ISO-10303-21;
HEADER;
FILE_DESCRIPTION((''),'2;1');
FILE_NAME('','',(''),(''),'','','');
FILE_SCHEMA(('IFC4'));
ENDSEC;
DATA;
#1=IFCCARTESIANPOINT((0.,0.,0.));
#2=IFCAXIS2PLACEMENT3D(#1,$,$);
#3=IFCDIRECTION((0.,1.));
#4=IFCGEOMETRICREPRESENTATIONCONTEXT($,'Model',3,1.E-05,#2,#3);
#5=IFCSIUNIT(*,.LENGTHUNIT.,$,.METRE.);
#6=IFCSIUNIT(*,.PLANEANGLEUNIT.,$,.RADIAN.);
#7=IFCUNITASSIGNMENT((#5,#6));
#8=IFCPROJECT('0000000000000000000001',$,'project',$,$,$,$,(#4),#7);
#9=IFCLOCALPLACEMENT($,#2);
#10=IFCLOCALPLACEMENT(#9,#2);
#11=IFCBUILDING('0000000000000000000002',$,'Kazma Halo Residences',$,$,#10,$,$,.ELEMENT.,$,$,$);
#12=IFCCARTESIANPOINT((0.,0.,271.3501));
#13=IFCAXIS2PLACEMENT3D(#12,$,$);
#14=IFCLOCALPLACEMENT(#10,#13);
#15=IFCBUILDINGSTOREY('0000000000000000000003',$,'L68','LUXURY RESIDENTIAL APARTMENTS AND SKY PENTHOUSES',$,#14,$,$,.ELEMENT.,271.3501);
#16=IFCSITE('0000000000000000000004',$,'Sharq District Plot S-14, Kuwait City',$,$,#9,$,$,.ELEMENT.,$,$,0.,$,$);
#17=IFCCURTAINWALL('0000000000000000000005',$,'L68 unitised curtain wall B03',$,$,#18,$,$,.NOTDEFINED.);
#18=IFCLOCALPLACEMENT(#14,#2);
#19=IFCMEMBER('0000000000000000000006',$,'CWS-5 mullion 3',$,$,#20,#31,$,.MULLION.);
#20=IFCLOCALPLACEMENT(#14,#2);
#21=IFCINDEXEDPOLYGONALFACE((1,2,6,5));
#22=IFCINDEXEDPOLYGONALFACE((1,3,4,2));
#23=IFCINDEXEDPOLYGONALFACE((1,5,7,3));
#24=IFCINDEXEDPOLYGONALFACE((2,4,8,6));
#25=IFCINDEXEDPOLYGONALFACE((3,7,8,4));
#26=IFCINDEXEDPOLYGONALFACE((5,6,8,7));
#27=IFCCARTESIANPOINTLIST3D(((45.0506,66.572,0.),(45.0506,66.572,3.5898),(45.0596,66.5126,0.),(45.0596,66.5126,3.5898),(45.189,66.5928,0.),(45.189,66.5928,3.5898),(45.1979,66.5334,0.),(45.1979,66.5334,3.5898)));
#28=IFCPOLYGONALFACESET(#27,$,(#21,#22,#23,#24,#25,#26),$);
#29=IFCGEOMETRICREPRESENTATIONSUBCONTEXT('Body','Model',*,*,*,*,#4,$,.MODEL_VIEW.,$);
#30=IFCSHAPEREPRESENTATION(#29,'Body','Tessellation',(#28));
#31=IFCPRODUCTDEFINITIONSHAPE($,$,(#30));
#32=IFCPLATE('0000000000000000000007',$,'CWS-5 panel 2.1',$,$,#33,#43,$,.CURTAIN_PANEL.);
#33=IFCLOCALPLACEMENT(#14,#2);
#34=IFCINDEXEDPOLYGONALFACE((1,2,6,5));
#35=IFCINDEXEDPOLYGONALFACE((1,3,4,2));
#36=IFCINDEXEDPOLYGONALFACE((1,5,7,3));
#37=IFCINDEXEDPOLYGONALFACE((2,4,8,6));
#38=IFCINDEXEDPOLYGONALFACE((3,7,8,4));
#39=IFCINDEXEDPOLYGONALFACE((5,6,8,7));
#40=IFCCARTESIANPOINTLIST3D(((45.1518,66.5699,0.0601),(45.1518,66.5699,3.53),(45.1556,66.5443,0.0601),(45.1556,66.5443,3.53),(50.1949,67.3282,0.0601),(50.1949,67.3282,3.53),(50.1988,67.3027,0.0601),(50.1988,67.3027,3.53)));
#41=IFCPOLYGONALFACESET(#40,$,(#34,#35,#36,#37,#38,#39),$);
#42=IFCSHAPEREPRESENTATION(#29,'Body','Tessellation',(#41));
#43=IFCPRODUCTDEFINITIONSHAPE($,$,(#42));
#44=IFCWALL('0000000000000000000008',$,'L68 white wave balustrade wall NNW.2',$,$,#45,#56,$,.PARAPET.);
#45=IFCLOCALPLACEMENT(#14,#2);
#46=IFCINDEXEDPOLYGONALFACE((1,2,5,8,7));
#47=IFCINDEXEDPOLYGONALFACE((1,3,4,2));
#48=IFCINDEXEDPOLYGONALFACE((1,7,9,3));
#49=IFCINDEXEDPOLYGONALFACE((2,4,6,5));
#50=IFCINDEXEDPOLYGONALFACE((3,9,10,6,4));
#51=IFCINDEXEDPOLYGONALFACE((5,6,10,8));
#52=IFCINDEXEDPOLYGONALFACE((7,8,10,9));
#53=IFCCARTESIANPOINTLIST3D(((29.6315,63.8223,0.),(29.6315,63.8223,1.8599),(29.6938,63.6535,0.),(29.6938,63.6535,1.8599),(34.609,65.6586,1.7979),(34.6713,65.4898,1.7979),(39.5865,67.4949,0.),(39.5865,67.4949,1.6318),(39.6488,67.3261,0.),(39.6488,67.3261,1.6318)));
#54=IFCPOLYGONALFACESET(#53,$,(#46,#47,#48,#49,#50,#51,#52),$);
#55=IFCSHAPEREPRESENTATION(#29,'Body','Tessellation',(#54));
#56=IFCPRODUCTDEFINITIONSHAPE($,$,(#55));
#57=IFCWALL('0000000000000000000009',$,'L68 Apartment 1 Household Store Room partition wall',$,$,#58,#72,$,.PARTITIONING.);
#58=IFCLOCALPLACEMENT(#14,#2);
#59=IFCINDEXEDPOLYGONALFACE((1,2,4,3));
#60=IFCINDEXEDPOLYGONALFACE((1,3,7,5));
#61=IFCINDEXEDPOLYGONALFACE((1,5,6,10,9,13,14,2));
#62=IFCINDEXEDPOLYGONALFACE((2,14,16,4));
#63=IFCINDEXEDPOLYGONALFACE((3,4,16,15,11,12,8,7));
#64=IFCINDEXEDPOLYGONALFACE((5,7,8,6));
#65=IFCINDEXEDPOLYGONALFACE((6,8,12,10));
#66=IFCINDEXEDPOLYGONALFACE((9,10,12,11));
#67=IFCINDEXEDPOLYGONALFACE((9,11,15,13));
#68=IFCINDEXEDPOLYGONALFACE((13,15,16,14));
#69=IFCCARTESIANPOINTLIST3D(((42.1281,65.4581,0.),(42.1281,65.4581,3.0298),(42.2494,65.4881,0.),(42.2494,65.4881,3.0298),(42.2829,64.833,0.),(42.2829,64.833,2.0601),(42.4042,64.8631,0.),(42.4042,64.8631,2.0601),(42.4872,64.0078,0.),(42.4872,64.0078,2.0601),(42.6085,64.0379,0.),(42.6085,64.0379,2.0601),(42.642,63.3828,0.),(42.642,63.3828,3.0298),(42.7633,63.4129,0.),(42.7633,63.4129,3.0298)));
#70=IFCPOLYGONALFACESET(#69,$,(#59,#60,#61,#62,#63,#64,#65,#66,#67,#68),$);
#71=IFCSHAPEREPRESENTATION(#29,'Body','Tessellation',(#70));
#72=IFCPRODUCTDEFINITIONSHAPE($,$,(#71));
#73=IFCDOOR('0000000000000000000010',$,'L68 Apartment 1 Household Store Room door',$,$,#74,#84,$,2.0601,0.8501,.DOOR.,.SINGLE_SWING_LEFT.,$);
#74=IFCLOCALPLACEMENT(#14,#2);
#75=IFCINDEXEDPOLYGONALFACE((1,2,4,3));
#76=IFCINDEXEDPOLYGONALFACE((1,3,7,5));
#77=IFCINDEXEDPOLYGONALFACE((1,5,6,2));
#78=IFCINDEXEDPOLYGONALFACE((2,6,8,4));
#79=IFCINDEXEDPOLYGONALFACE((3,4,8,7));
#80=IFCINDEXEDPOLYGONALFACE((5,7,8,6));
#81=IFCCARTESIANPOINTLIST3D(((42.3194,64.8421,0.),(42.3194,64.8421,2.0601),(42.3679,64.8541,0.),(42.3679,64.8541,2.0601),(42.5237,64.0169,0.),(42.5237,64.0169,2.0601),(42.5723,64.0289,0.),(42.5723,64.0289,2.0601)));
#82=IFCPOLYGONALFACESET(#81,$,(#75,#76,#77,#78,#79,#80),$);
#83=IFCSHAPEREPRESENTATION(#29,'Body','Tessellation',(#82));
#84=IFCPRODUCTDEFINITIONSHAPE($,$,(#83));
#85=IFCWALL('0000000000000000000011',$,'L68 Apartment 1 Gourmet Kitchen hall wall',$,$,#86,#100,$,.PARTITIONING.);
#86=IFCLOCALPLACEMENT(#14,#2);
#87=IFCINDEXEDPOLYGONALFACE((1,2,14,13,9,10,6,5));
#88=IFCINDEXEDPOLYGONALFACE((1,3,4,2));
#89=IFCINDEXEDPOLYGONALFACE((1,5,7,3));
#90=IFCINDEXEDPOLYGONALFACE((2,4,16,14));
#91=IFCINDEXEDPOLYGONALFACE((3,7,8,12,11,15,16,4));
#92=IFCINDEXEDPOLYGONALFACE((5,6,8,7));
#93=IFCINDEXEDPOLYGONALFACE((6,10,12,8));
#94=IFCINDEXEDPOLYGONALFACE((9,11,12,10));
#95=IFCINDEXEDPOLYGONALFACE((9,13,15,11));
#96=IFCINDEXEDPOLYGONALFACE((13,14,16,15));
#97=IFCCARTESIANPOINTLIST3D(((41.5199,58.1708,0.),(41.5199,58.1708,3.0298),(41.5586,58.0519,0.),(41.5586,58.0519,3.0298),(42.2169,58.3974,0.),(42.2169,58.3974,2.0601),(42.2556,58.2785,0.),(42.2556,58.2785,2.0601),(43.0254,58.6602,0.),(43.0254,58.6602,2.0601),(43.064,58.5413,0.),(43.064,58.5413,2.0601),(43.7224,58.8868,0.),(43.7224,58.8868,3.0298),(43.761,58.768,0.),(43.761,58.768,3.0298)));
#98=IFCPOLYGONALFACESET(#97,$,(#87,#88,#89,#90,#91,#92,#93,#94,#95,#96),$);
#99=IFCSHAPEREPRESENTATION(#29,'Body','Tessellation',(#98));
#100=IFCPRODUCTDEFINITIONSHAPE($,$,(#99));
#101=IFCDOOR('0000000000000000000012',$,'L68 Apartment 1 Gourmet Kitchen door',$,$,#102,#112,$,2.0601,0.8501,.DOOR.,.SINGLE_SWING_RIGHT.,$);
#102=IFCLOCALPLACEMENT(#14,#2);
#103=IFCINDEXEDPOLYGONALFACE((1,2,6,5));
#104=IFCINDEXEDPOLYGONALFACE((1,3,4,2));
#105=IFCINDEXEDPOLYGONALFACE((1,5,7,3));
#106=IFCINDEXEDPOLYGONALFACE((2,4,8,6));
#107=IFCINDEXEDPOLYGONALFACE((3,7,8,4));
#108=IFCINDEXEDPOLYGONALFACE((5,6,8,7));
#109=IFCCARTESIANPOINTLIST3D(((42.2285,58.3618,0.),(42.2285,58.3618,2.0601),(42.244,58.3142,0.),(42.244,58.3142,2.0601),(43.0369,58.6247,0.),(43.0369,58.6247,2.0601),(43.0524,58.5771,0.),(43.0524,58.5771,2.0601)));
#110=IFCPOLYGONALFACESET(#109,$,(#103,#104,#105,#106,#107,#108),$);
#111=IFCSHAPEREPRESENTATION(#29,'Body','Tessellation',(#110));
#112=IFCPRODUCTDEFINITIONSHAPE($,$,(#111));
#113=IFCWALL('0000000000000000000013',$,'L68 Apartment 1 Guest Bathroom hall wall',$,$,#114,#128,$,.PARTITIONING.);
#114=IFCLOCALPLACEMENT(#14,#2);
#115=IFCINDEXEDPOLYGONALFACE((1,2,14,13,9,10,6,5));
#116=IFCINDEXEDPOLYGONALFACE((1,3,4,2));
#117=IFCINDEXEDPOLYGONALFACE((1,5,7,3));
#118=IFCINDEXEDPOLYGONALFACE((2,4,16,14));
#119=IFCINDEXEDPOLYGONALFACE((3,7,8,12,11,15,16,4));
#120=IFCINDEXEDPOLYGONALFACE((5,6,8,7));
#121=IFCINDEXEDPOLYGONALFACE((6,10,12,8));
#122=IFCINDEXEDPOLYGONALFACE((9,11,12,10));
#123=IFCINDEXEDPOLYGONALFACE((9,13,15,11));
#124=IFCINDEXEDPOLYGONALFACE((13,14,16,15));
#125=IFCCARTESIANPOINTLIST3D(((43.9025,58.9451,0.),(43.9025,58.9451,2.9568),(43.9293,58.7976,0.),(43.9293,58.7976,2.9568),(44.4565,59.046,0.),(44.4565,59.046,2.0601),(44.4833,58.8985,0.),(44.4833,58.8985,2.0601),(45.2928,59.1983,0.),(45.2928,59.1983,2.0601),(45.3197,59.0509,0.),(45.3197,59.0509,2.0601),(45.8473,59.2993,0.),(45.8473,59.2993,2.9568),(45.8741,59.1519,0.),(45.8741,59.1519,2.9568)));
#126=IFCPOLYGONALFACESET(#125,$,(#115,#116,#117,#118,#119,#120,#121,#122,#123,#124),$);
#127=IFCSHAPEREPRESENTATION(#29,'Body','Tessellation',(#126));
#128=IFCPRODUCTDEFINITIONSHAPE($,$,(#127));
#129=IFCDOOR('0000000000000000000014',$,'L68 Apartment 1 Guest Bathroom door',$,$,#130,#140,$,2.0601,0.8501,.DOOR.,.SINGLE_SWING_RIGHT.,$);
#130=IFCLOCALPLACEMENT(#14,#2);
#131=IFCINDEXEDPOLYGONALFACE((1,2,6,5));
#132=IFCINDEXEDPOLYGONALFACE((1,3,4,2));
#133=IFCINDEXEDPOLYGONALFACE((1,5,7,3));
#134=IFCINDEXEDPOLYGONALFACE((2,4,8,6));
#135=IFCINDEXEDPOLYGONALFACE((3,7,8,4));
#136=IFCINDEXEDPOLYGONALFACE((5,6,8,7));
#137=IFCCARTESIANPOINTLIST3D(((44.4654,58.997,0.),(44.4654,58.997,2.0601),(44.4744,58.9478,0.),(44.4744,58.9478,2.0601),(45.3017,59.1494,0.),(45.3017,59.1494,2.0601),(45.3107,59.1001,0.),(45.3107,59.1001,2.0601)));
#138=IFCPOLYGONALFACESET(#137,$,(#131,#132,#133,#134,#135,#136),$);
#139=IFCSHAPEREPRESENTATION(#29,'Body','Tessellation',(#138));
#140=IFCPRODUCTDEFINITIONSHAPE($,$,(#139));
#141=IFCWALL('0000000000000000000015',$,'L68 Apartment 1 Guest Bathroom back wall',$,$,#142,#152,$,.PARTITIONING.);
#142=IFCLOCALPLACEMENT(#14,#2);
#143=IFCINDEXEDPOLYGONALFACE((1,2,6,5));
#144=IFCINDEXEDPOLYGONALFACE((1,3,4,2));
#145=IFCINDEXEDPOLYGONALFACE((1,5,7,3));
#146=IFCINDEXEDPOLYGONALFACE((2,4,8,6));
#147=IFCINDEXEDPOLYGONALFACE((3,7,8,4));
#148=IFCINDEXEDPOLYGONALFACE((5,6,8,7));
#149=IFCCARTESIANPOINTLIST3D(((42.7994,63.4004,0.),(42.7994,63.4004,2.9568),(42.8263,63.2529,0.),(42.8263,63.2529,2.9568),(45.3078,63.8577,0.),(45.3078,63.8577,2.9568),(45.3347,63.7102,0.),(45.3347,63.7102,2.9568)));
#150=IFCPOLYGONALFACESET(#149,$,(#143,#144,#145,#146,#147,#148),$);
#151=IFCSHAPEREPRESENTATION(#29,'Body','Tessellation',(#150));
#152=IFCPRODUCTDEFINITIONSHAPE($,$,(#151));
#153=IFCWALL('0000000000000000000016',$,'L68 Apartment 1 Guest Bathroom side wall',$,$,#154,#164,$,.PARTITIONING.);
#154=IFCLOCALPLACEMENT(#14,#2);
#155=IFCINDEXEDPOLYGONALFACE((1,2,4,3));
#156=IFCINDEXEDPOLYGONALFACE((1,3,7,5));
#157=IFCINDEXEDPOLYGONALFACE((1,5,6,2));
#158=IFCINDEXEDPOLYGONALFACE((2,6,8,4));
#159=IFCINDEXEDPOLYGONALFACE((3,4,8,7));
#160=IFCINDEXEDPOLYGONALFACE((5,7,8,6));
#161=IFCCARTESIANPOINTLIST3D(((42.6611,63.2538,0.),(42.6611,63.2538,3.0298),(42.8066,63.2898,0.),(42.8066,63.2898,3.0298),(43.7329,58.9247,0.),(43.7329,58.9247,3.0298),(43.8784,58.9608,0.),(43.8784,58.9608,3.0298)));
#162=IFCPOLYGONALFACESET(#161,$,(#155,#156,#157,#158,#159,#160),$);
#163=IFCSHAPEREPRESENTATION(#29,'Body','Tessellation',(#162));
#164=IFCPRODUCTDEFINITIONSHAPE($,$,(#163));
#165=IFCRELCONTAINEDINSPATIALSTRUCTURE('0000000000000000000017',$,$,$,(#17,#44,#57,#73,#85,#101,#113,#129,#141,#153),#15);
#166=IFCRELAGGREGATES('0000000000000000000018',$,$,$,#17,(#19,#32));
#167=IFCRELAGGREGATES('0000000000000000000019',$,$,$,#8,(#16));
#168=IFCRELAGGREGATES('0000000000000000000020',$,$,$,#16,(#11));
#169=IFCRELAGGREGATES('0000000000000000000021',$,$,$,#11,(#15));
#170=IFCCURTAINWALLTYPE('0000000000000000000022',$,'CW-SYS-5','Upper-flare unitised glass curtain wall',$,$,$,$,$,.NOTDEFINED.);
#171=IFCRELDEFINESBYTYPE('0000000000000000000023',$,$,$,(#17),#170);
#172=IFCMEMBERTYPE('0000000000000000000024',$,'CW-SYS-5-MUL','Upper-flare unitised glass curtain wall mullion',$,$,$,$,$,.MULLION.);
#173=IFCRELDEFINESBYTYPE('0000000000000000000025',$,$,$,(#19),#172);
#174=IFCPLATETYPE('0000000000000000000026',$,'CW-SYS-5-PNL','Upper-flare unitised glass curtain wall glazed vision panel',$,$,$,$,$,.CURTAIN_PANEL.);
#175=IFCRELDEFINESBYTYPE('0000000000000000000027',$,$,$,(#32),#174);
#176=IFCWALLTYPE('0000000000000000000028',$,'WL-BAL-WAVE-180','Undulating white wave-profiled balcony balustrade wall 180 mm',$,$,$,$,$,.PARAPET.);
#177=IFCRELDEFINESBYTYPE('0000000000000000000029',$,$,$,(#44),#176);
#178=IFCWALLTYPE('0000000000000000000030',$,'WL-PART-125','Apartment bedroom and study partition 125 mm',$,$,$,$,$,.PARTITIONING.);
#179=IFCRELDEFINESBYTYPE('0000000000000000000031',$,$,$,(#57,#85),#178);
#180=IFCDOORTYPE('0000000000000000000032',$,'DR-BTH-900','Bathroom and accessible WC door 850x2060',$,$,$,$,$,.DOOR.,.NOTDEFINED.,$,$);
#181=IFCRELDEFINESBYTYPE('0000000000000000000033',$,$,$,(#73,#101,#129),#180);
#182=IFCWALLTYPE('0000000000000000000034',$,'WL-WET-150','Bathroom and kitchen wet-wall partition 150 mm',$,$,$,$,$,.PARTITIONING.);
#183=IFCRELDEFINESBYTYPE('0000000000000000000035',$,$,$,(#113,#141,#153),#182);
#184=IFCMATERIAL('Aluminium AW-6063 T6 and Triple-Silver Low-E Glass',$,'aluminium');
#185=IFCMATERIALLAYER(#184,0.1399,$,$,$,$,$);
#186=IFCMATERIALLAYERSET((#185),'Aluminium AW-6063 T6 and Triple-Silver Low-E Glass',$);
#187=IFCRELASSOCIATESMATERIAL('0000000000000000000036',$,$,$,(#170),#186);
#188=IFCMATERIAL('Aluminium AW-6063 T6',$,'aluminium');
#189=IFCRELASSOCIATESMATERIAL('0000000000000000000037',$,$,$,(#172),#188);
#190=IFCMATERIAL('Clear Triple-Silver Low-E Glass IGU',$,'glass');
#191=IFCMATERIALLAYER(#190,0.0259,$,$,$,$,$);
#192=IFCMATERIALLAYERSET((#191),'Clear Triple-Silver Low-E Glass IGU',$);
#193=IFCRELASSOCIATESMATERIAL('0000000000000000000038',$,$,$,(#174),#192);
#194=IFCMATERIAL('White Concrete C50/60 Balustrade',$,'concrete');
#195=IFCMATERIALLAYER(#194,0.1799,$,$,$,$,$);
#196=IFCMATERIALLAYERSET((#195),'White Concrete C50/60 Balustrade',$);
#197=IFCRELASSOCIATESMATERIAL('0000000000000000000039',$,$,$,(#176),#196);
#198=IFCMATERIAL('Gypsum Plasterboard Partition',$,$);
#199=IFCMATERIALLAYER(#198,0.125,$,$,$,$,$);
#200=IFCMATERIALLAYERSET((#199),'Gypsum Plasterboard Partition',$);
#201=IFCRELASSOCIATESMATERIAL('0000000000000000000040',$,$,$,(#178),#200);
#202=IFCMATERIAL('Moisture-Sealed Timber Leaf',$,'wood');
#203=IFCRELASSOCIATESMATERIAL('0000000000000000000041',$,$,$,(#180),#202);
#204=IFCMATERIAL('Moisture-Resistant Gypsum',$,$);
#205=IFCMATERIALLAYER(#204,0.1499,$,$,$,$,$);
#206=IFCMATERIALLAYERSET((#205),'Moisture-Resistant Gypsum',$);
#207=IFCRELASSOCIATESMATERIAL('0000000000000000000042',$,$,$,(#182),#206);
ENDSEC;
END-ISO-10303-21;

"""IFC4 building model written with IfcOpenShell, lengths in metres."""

from ifc_helpers import new_model, si_unit, direction, frame, frame_2d, origin, origin_2d, place, context, subcontext, project, spatial, polyline, rectangle, outline, extrude, material, layer, layer_set, material_profile, profile_set, type_object, element, fill, aggregate, save


model = new_model("IFC4")

# Units and contexts
model_context = context("Model", 3, precision=1e-05, world=origin(), true_north=direction((0.0, 1.0)))
body_context = subcontext(model_context, "Body", "Model", "MODEL_VIEW")
ifc_project = project(units=[si_unit("LENGTHUNIT", "METRE"), si_unit("PLANEANGLEUNIT", "RADIAN")], contexts=[model_context])

# Site, building, storey
site_placement = place(None, origin())
site = spatial("IfcSite", under=ifc_project, at=site_placement, Name="Sharq District Plot S-14, Kuwait City", CompositionType="ELEMENT", RefElevation=0.0)
building_placement = place(site_placement, origin())
building = spatial("IfcBuilding", under=site, at=building_placement, Name="Kazma Halo Residences", CompositionType="ELEMENT")
storey_placement = place(building_placement, frame((0.0, 0.0, 271.3501)))
storey = spatial("IfcBuildingStorey", under=building, at=storey_placement, Name="L68", Description="LUXURY RESIDENTIAL APARTMENTS AND SKY PENTHOUSES", CompositionType="ELEMENT", Elevation=271.3501)

# Curtain wall, member, plate
ifc_material_1 = material(Name="Aluminium AW-6063 T6 and Triple-Silver Low-E Glass", Category="aluminium")
ifc_layer_1 = layer(ifc_material_1, 0.1399)
ifc_layer_set_1 = layer_set([ifc_layer_1], Name="Aluminium AW-6063 T6 and Triple-Silver Low-E Glass")
curtain_wall_type = type_object("IfcCurtainWallType", Name="CW-SYS-5", Description="Upper-flare unitised glass curtain wall", PredefinedType="NOTDEFINED", material=ifc_layer_set_1)
curtain_wall_placement = place(storey_placement, origin())
curtain_wall = element("IfcCurtainWall", 1, at=curtain_wall_placement, inside=storey, type_object=curtain_wall_type, Name="L68 unitised curtain wall B03", PredefinedType="NOTDEFINED")
ifc_material_2 = material(Name="Aluminium AW-6063 T6", Category="aluminium")
ifc_material_profile_1 = material_profile(ifc_material_2, rectangle(XDim=0.0601, YDim=0.1399, at=origin_2d()), Name="CWM-60x140")
ifc_profile_set_1 = profile_set([ifc_material_profile_1], Name="Aluminium AW-6063 T6")
member_type = type_object("IfcMemberType", Name="CW-SYS-5-MUL", Description="Upper-flare unitised glass curtain wall mullion", PredefinedType="MULLION", material=ifc_profile_set_1)
member_placement = place(storey_placement, frame((45.1243, 66.5527, 0.0), z_axis=(0.0, 0.0, 1.0), x_axis=(0.148697, -0.988883, 0.0)))
member = element("IfcMember", 2, at=member_placement, type_object=member_type, Name="CWS-5 mullion 3", PredefinedType="MULLION", context=body_context, shape_type="SweptSolid", body=[
    extrude(rectangle(XDim=0.0601, YDim=0.1399, at=origin_2d()), origin(), (0.0, 0.0, 1.0), 3.5898),
])
ifc_material_3 = material(Name="Clear Triple-Silver Low-E Glass IGU", Category="glass")
ifc_layer_2 = layer(ifc_material_3, 0.0259)
ifc_layer_set_2 = layer_set([ifc_layer_2], Name="Clear Triple-Silver Low-E Glass IGU")
plate_type = type_object("IfcPlateType", Name="CW-SYS-5-PNL", Description="Upper-flare unitised glass curtain wall glazed vision panel", PredefinedType="CURTAIN_PANEL", material=ifc_layer_set_2)
plate_placement = place(storey_placement, frame((47.6753, 66.9363, 0.0601), z_axis=(0.0, 0.0, 1.0), x_axis=(-0.988883, -0.148697, 0.0)))
plate = element("IfcPlate", 3, at=plate_placement, type_object=plate_type, Name="CWS-5 panel 2.1", PredefinedType="CURTAIN_PANEL", context=body_context, shape_type="SweptSolid", body=[
    extrude(rectangle(XDim=5.0999, YDim=0.0259, at=origin_2d()), origin(), (0.0, 0.0, 1.0), 3.47),
])
aggregate(curtain_wall, [member, plate])

# Wall
ifc_material_4 = material(Name="White Concrete C50/60 Balustrade", Category="concrete")
ifc_layer_3 = layer(ifc_material_4, 0.1799)
ifc_layer_set_3 = layer_set([ifc_layer_3], Name="White Concrete C50/60 Balustrade")
wall_type_1 = type_object("IfcWallType", Name="WL-BAL-WAVE-180", Description="Undulating white wave-profiled balcony balustrade wall 180 mm", PredefinedType="PARAPET", material=ifc_layer_set_3)
wall_1_placement = place(storey_placement, frame((39.6177, 67.4104, 0.0), z_axis=(0.0, 0.0, 1.0), x_axis=(-0.938192, -0.346116, 0.0)))
element("IfcWall", 4, at=wall_1_placement, inside=storey, type_object=wall_type_1, Name="L68 white wave balustrade wall NNW.2", PredefinedType="PARAPET", context=body_context, shape_type="SweptSolid", body=[
    extrude(outline(polyline([(0.0, 0.0), (10.6108, 0.0), (10.6108, 1.8599), (5.3054, 1.7979), (0.0, 1.6318), (0.0, 0.0)])), frame((0.0, 0.0898, 0.0), z_axis=(0.0, -1.0, 0.0), x_axis=(1.0, 0.0, 0.0)), (0.0, 0.0, 1.0), 0.1799),
])

# Walls, openings, doors
ifc_material_5 = material(Name="Gypsum Plasterboard Partition")
ifc_layer_4 = layer(ifc_material_5, 0.125)
ifc_layer_set_4 = layer_set([ifc_layer_4], Name="Gypsum Plasterboard Partition")
wall_type_2 = type_object("IfcWallType", Name="WL-PART-125", Description="Apartment bedroom and study partition 125 mm", PredefinedType="PARTITIONING", material=ifc_layer_set_4)
wall_2_placement = place(storey_placement, frame((42.7026, 63.3979, 0.0), z_axis=(0.0, 0.0, 1.0), x_axis=(-0.240385, 0.970678, 0.0)))
wall_2 = element("IfcWall", 5, at=wall_2_placement, inside=storey, type_object=wall_type_2, Name="L68 Apartment 1 Household Store Room partition wall", PredefinedType="PARTITIONING", context=body_context, shape_type="SweptSolid", body=[
    extrude(rectangle(XDim=2.1379, YDim=0.125, at=frame_2d((1.0688, 0.0))), origin(), (0.0, 0.0, 1.0), 3.0298),
])
opening_1_placement = place(wall_2_placement, frame((0.6438, 0.0, 0.0)))
opening_1 = element("IfcOpeningElement", 6, at=opening_1_placement, cuts=wall_2, PredefinedType="OPENING", context=body_context, shape_type="SweptSolid", body=[
    extrude(rectangle(XDim=0.8501, YDim=2.0601, at=frame_2d((0.425, 1.03))), frame((0.0, 0.0725, 0.0), z_axis=(0.0, -1.0, 0.0), x_axis=(1.0, 0.0, 0.0)), (0.0, 0.0, 1.0), 0.145),
])
ifc_material_6 = material(Name="Moisture-Sealed Timber Leaf", Category="wood")
door_type_1 = type_object("IfcDoorType", Name="DR-BTH-900", Description="Bathroom and accessible WC door 850x2060", OperationType="NOTDEFINED", PredefinedType="DOOR", material=ifc_material_6)
door_1_placement = place(opening_1_placement, origin())
door_1 = element("IfcDoor", 7, at=door_1_placement, inside=storey, type_object=door_type_1, Name="L68 Apartment 1 Household Store Room door", OperationType="SINGLE_SWING_LEFT", OverallHeight=2.0601, OverallWidth=0.8501, PredefinedType="DOOR", context=body_context, shape_type="SweptSolid", body=[
    extrude(rectangle(XDim=0.8501, YDim=2.0601, at=frame_2d((0.425, 1.03))), frame((0.0, 0.0249, 0.0), z_axis=(0.0, -1.0, 0.0), x_axis=(1.0, 0.0, 0.0)), (0.0, 0.0, 1.0), 0.05),
])
fill(opening_1, door_1)
wall_3_placement = place(storey_placement, frame((43.7417, 58.8274, 0.0), z_axis=(0.0, 0.0, 1.0), x_axis=(-0.950998, -0.309198, 0.0)))
wall_3 = element("IfcWall", 8, at=wall_3_placement, inside=storey, type_object=wall_type_2, Name="L68 Apartment 1 Gourmet Kitchen hall wall", PredefinedType="PARTITIONING", context=body_context, shape_type="SweptSolid", body=[
    extrude(rectangle(XDim=2.3159, YDim=0.125, at=frame_2d((1.158, 0.0))), origin(), (0.0, 0.0, 1.0), 3.0298),
])
opening_2_placement = place(wall_3_placement, frame((0.7329, 0.0, 0.0)))
opening_2 = element("IfcOpeningElement", 9, at=opening_2_placement, cuts=wall_3, PredefinedType="OPENING", context=body_context, shape_type="SweptSolid", body=[
    extrude(rectangle(XDim=0.8501, YDim=2.0601, at=frame_2d((0.425, 1.03))), frame((0.0, 0.0725, 0.0), z_axis=(0.0, -1.0, 0.0), x_axis=(1.0, 0.0, 0.0)), (0.0, 0.0, 1.0), 0.145),
])
door_2_placement = place(opening_2_placement, origin())
door_2 = element("IfcDoor", 10, at=door_2_placement, inside=storey, type_object=door_type_1, Name="L68 Apartment 1 Gourmet Kitchen door", OperationType="SINGLE_SWING_RIGHT", OverallHeight=2.0601, OverallWidth=0.8501, PredefinedType="DOOR", context=body_context, shape_type="SweptSolid", body=[
    extrude(rectangle(XDim=0.8501, YDim=2.0601, at=frame_2d((0.425, 1.03))), frame((0.0, 0.0249, 0.0), z_axis=(0.0, -1.0, 0.0), x_axis=(1.0, 0.0, 0.0)), (0.0, 0.0, 1.0), 0.05),
])
fill(opening_2, door_2)
ifc_material_7 = material(Name="Moisture-Resistant Gypsum")
ifc_layer_5 = layer(ifc_material_7, 0.1499)
ifc_layer_set_5 = layer_set([ifc_layer_5], Name="Moisture-Resistant Gypsum")
wall_type_3 = type_object("IfcWallType", Name="WL-WET-150", Description="Bathroom and kitchen wet-wall partition 150 mm", PredefinedType="PARTITIONING", material=ifc_layer_set_5)
wall_4_placement = place(storey_placement, frame((45.8606, 59.2256, 0.0), z_axis=(0.0, 0.0, 1.0), x_axis=(-0.983813, -0.179201, 0.0)))
wall_4 = element("IfcWall", 11, at=wall_4_placement, inside=storey, type_object=wall_type_3, Name="L68 Apartment 1 Guest Bathroom hall wall", PredefinedType="PARTITIONING", context=body_context, shape_type="SweptSolid", body=[
    extrude(rectangle(XDim=1.9768, YDim=0.1499, at=frame_2d((0.9883, 0.0))), origin(), (0.0, 0.0, 1.0), 2.9568),
])
opening_3_placement = place(wall_4_placement, frame((0.5635, 0.0, 0.0)))
opening_3 = element("IfcOpeningElement", 12, at=opening_3_placement, cuts=wall_4, PredefinedType="OPENING", context=body_context, shape_type="SweptSolid", body=[
    extrude(rectangle(XDim=0.8501, YDim=2.0601, at=frame_2d((0.425, 1.03))), frame((0.0, 0.085, 0.0), z_axis=(0.0, -1.0, 0.0), x_axis=(1.0, 0.0, 0.0)), (0.0, 0.0, 1.0), 0.1699),
])
door_3_placement = place(opening_3_placement, origin())
door_3 = element("IfcDoor", 13, at=door_3_placement, inside=storey, type_object=door_type_1, Name="L68 Apartment 1 Guest Bathroom door", OperationType="SINGLE_SWING_RIGHT", OverallHeight=2.0601, OverallWidth=0.8501, PredefinedType="DOOR", context=body_context, shape_type="SweptSolid", body=[
    extrude(rectangle(XDim=0.8501, YDim=2.0601, at=frame_2d((0.425, 1.03))), frame((0.0, 0.0249, 0.0), z_axis=(0.0, -1.0, 0.0), x_axis=(1.0, 0.0, 0.0)), (0.0, 0.0, 1.0), 0.05),
])
fill(opening_3, door_3)

# Walls
wall_5_placement = place(storey_placement, frame((45.3213, 63.7839, 0.0), z_axis=(0.0, 0.0, 1.0), x_axis=(-0.983789, -0.179332, 0.0)))
element("IfcWall", 14, at=wall_5_placement, inside=storey, type_object=wall_type_3, Name="L68 Apartment 1 Guest Bathroom back wall", PredefinedType="PARTITIONING", context=body_context, shape_type="SweptSolid", body=[
    extrude(rectangle(XDim=2.5498, YDim=0.1499, at=frame_2d((1.2749, 0.0))), origin(), (0.0, 0.0, 1.0), 2.9568),
])
wall_6_placement = place(storey_placement, frame((43.8057, 58.9426, 0.0), z_axis=(0.0, 0.0, 1.0), x_axis=(-0.24032, 0.970694, 0.0)))
element("IfcWall", 15, at=wall_6_placement, inside=storey, type_object=wall_type_3, Name="L68 Apartment 1 Guest Bathroom side wall", PredefinedType="PARTITIONING", context=body_context, shape_type="SweptSolid", body=[
    extrude(rectangle(XDim=4.4597, YDim=0.1499, at=frame_2d((2.23, 0.0))), origin(), (0.0, 0.0, 1.0), 3.0298),
])

save(model, "model.ifc")
